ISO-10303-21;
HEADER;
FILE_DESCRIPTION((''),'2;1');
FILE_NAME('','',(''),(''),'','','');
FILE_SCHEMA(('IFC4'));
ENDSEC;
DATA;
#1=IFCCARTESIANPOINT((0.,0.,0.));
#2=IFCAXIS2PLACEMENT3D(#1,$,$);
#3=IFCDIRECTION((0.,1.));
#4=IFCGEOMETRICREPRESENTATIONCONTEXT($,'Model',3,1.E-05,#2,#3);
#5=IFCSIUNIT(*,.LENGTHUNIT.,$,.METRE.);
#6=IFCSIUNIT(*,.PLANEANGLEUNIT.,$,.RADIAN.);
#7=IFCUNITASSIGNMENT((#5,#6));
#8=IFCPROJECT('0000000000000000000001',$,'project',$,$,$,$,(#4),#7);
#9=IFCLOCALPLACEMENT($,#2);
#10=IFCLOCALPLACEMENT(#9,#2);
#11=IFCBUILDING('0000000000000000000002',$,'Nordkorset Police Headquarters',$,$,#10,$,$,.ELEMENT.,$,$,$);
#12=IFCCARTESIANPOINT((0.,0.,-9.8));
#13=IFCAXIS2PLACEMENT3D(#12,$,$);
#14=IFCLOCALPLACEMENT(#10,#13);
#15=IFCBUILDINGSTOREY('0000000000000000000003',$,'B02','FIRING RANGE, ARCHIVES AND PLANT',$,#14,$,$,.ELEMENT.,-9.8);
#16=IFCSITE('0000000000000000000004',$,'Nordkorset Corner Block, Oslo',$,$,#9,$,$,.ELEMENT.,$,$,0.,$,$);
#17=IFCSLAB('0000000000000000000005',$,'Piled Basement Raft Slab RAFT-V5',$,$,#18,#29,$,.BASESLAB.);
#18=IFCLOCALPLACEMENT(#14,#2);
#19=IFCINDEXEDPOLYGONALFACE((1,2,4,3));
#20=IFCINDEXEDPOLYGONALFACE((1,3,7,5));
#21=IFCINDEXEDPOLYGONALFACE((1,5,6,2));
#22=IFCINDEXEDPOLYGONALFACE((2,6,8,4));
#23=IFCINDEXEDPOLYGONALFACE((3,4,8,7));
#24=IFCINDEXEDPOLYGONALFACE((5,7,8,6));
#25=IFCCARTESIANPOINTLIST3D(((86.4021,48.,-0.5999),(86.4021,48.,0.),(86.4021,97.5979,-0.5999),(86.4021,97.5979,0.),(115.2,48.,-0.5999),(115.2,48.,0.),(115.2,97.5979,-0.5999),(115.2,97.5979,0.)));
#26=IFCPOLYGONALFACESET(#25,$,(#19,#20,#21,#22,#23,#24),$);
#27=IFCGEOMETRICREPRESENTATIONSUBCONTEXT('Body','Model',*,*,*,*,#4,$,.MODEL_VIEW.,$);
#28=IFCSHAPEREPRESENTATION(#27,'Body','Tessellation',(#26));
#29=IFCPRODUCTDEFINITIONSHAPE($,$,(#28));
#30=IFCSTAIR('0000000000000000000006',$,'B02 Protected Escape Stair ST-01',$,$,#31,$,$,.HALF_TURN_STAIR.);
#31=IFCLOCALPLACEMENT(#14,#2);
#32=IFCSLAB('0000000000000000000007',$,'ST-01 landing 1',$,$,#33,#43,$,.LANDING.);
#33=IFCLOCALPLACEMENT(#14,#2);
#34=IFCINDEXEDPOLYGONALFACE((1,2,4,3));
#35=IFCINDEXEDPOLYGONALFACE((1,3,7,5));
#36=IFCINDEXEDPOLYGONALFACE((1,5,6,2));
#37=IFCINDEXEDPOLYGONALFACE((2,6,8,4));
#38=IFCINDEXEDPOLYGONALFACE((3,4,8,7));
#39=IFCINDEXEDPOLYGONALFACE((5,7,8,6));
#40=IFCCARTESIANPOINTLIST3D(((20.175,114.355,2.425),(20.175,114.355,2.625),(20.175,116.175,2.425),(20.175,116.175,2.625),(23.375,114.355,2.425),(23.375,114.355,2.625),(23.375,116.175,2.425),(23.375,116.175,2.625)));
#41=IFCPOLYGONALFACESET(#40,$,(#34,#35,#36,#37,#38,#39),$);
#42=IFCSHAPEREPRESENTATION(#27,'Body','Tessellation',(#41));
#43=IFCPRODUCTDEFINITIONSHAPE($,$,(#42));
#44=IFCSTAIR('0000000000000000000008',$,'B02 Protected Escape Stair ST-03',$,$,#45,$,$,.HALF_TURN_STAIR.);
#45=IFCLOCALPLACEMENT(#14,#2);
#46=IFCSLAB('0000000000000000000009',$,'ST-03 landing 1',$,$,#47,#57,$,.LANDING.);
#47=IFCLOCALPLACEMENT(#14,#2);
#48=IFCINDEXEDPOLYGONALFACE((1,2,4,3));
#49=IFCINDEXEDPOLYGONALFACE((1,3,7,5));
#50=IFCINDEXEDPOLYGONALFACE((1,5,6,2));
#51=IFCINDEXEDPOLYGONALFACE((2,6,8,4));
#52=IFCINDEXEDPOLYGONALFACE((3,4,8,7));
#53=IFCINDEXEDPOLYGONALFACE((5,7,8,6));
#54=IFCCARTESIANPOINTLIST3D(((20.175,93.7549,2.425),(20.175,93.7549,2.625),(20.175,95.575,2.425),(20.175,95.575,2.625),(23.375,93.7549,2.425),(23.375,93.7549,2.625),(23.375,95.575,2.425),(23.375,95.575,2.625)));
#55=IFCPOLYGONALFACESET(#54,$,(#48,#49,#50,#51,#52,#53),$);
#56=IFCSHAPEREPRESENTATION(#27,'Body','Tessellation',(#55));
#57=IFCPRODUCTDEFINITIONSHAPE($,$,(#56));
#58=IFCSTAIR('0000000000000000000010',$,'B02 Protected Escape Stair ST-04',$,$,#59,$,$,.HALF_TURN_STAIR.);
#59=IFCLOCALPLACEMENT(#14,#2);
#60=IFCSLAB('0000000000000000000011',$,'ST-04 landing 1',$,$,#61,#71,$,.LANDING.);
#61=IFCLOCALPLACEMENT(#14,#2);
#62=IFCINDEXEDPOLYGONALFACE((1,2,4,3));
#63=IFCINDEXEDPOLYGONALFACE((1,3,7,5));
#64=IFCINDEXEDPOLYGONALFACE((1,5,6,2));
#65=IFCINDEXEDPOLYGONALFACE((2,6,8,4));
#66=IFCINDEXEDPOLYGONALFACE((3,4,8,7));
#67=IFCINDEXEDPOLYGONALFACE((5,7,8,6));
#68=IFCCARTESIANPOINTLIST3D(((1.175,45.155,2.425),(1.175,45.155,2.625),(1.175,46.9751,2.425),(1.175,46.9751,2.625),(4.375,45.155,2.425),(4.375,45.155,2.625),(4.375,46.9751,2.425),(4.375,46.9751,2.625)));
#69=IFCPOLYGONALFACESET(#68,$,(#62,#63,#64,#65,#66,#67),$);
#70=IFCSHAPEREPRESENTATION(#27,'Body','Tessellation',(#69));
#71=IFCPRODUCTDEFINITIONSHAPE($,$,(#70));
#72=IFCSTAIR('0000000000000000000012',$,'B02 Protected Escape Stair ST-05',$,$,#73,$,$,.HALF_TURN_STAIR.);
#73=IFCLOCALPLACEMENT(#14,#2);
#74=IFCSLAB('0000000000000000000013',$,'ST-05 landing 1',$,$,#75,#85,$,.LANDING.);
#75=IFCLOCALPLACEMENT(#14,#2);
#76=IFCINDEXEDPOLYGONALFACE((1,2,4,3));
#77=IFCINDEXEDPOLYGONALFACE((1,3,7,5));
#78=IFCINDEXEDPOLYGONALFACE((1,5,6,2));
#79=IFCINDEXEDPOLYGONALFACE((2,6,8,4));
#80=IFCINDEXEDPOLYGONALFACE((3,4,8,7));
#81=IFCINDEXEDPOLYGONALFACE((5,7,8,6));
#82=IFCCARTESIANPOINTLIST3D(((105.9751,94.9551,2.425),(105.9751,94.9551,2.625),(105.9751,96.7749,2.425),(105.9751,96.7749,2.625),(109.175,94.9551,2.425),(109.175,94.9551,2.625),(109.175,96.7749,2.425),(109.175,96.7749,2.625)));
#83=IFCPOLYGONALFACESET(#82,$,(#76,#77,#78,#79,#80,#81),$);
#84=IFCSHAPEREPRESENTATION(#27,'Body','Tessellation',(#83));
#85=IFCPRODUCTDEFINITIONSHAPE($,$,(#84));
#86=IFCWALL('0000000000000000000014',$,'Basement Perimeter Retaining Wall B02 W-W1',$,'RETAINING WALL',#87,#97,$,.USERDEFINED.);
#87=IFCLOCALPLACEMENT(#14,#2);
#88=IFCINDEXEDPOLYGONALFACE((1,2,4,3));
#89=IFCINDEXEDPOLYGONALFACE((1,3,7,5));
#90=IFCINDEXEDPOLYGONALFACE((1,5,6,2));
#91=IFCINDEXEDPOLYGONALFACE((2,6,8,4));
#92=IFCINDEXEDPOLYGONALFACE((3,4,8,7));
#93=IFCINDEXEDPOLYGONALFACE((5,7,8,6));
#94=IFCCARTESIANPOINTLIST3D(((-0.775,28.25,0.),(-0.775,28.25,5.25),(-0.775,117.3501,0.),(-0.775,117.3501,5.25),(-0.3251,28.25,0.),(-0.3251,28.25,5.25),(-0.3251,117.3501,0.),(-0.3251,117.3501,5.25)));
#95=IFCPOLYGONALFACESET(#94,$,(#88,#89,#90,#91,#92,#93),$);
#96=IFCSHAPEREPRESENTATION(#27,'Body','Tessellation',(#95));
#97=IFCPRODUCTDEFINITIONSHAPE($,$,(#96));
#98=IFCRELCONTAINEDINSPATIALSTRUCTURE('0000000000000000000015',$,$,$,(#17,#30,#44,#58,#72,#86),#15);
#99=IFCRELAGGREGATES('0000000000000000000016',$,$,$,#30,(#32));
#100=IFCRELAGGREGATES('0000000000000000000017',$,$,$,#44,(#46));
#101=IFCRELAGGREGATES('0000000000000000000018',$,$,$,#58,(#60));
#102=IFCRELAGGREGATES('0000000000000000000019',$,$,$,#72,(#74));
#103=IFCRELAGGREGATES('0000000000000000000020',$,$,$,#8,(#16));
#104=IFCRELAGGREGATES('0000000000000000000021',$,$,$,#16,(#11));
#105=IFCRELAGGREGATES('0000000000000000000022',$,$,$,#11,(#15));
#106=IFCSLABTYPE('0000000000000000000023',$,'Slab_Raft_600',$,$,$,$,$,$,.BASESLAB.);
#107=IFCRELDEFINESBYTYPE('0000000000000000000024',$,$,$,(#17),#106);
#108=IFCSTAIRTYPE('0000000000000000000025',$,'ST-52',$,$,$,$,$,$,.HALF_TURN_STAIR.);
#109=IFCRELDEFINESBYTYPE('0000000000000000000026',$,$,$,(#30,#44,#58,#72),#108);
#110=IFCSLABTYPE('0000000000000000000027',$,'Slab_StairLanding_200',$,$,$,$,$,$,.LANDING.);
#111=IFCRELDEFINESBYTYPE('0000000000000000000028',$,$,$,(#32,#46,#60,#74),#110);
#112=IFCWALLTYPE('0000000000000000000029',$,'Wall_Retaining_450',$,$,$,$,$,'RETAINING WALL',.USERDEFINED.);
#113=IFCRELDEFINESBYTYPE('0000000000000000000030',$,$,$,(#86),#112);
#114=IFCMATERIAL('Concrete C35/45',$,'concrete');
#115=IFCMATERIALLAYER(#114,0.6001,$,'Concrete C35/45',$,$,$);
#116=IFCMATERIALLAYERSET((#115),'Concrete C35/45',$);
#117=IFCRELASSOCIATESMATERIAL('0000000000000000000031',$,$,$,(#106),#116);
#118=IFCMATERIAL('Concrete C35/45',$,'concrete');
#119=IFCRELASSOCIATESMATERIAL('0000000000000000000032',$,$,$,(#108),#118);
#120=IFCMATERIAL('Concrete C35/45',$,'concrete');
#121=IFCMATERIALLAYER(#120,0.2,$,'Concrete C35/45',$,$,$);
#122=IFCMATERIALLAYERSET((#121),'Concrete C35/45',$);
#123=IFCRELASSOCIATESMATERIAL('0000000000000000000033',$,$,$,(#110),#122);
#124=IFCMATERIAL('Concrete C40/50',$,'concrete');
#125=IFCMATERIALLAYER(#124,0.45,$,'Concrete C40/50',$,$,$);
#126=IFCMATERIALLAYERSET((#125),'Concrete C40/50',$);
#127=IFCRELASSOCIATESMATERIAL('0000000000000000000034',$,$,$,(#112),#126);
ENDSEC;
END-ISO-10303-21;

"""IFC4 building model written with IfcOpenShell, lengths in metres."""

from ifc_helpers import new_model, si_unit, direction, frame, frame_2d, origin, place, context, subcontext, project, spatial, polyline, rectangle, outline, extrude, material, layer, layer_set, type_object, element, aggregate, save


model = new_model("IFC4")

# Units and contexts
model_context = context("Model", 3, precision=1e-05, world=origin(), true_north=direction((0.0, 1.0)))
body_context = subcontext(model_context, "Body", "Model", "MODEL_VIEW")
ifc_project = project(units=[si_unit("LENGTHUNIT", "METRE"), si_unit("PLANEANGLEUNIT", "RADIAN")], contexts=[model_context])

# Site, building, storey
site_placement = place(None, origin())
site = spatial("IfcSite", under=ifc_project, at=site_placement, Name="Nordkorset Corner Block, Oslo", CompositionType="ELEMENT", RefElevation=0.0)
building_placement = place(site_placement, origin())
building = spatial("IfcBuilding", under=site, at=building_placement, Name="Nordkorset Police Headquarters", CompositionType="ELEMENT")
storey_placement = place(building_placement, frame((0.0, 0.0, -9.8)))
storey = spatial("IfcBuildingStorey", under=building, at=storey_placement, Name="B02", Description="FIRING RANGE, ARCHIVES AND PLANT", CompositionType="ELEMENT", Elevation=-9.8)

# Slab
ifc_material_1 = material(Name="Concrete C35/45", Category="concrete")
ifc_layer_1 = layer(ifc_material_1, 0.6001, Name="Concrete C35/45")
ifc_layer_set_1 = layer_set([ifc_layer_1], Name="Concrete C35/45")
slab_type_1 = type_object("IfcSlabType", Name="Slab_Raft_600", PredefinedType="BASESLAB", material=ifc_layer_set_1)
slab_1_placement = place(storey_placement, frame((0.0, 0.0, -0.5999)))
element("IfcSlab", 1, at=slab_1_placement, inside=storey, type_object=slab_type_1, Name="Piled Basement Raft Slab RAFT-V5", PredefinedType="BASESLAB", context=body_context, shape_type="SweptSolid", body=[
    extrude(outline(polyline([(86.4021, 48.0), (115.2, 48.0), (115.2, 97.5979), (86.4021, 97.5979), (86.4021, 48.0)])), origin(), (0.0, 0.0, 1.0), 0.5999),
])

# Stairs, slabs
ifc_material_2 = material(Name="Concrete C35/45", Category="concrete")
stair_type = type_object("IfcStairType", Name="ST-52", PredefinedType="HALF_TURN_STAIR", material=ifc_material_2)
stair_1_placement = place(storey_placement, origin())
stair_1 = element("IfcStair", 2, at=stair_1_placement, inside=storey, type_object=stair_type, Name="B02 Protected Escape Stair ST-01", PredefinedType="HALF_TURN_STAIR")
ifc_material_3 = material(Name="Concrete C35/45", Category="concrete")
ifc_layer_2 = layer(ifc_material_3, 0.2, Name="Concrete C35/45")
ifc_layer_set_2 = layer_set([ifc_layer_2], Name="Concrete C35/45")
slab_type_2 = type_object("IfcSlabType", Name="Slab_StairLanding_200", PredefinedType="LANDING", material=ifc_layer_set_2)
slab_2_placement = place(storey_placement, frame((0.0, 0.0, 2.425)))
slab_2 = element("IfcSlab", 3, at=slab_2_placement, type_object=slab_type_2, Name="ST-01 landing 1", PredefinedType="LANDING", context=body_context, shape_type="SweptSolid", body=[
    extrude(outline(polyline([(23.375, 114.355), (23.375, 116.175), (20.175, 116.175), (20.175, 114.355), (23.375, 114.355)])), origin(), (0.0, 0.0, 1.0), 0.2),
])
aggregate(stair_1, [slab_2])
stair_2_placement = place(storey_placement, origin())
stair_2 = element("IfcStair", 4, at=stair_2_placement, inside=storey, type_object=stair_type, Name="B02 Protected Escape Stair ST-03", PredefinedType="HALF_TURN_STAIR")
slab_3_placement = place(storey_placement, frame((0.0, 0.0, 2.425)))
slab_3 = element("IfcSlab", 5, at=slab_3_placement, type_object=slab_type_2, Name="ST-03 landing 1", PredefinedType="LANDING", context=body_context, shape_type="SweptSolid", body=[
    extrude(outline(polyline([(23.375, 93.7549), (23.375, 95.575), (20.175, 95.575), (20.175, 93.7549), (23.375, 93.7549)])), origin(), (0.0, 0.0, 1.0), 0.2),
])
aggregate(stair_2, [slab_3])
stair_3_placement = place(storey_placement, origin())
stair_3 = element("IfcStair", 6, at=stair_3_placement, inside=storey, type_object=stair_type, Name="B02 Protected Escape Stair ST-04", PredefinedType="HALF_TURN_STAIR")
slab_4_placement = place(storey_placement, frame((0.0, 0.0, 2.425)))
slab_4 = element("IfcSlab", 7, at=slab_4_placement, type_object=slab_type_2, Name="ST-04 landing 1", PredefinedType="LANDING", context=body_context, shape_type="SweptSolid", body=[
    extrude(outline(polyline([(4.375, 45.155), (4.375, 46.9751), (1.175, 46.9751), (1.175, 45.155), (4.375, 45.155)])), origin(), (0.0, 0.0, 1.0), 0.2),
])
aggregate(stair_3, [slab_4])
stair_4_placement = place(storey_placement, origin())
stair_4 = element("IfcStair", 8, at=stair_4_placement, inside=storey, type_object=stair_type, Name="B02 Protected Escape Stair ST-05", PredefinedType="HALF_TURN_STAIR")
slab_5_placement = place(storey_placement, frame((0.0, 0.0, 2.425)))
slab_5 = element("IfcSlab", 9, at=slab_5_placement, type_object=slab_type_2, Name="ST-05 landing 1", PredefinedType="LANDING", context=body_context, shape_type="SweptSolid", body=[
    extrude(outline(polyline([(109.175, 94.9551), (109.175, 96.7749), (105.9751, 96.7749), (105.9751, 94.9551), (109.175, 94.9551)])), origin(), (0.0, 0.0, 1.0), 0.2),
])
aggregate(stair_4, [slab_5])

# Wall
ifc_material_4 = material(Name="Concrete C40/50", Category="concrete")
ifc_layer_3 = layer(ifc_material_4, 0.45, Name="Concrete C40/50")
ifc_layer_set_3 = layer_set([ifc_layer_3], Name="Concrete C40/50")
wall_type = type_object("IfcWallType", Name="Wall_Retaining_450", ElementType="RETAINING WALL", PredefinedType="USERDEFINED", material=ifc_layer_set_3)
wall_placement = place(storey_placement, frame((-0.55, 28.25, 0.0), z_axis=(0.0, 0.0, 1.0), x_axis=(0.0, 1.0, 0.0)))
element("IfcWall", 10, at=wall_placement, inside=storey, type_object=wall_type, Name="Basement Perimeter Retaining Wall B02 W-W1", ObjectType="RETAINING WALL", PredefinedType="USERDEFINED", context=body_context, shape_type="SweptSolid", body=[
    extrude(rectangle(XDim=89.1001, YDim=0.45, at=frame_2d((44.55, 0.0))), origin(), (0.0, 0.0, 1.0), 5.25),
])

save(model, "model.ifc")
